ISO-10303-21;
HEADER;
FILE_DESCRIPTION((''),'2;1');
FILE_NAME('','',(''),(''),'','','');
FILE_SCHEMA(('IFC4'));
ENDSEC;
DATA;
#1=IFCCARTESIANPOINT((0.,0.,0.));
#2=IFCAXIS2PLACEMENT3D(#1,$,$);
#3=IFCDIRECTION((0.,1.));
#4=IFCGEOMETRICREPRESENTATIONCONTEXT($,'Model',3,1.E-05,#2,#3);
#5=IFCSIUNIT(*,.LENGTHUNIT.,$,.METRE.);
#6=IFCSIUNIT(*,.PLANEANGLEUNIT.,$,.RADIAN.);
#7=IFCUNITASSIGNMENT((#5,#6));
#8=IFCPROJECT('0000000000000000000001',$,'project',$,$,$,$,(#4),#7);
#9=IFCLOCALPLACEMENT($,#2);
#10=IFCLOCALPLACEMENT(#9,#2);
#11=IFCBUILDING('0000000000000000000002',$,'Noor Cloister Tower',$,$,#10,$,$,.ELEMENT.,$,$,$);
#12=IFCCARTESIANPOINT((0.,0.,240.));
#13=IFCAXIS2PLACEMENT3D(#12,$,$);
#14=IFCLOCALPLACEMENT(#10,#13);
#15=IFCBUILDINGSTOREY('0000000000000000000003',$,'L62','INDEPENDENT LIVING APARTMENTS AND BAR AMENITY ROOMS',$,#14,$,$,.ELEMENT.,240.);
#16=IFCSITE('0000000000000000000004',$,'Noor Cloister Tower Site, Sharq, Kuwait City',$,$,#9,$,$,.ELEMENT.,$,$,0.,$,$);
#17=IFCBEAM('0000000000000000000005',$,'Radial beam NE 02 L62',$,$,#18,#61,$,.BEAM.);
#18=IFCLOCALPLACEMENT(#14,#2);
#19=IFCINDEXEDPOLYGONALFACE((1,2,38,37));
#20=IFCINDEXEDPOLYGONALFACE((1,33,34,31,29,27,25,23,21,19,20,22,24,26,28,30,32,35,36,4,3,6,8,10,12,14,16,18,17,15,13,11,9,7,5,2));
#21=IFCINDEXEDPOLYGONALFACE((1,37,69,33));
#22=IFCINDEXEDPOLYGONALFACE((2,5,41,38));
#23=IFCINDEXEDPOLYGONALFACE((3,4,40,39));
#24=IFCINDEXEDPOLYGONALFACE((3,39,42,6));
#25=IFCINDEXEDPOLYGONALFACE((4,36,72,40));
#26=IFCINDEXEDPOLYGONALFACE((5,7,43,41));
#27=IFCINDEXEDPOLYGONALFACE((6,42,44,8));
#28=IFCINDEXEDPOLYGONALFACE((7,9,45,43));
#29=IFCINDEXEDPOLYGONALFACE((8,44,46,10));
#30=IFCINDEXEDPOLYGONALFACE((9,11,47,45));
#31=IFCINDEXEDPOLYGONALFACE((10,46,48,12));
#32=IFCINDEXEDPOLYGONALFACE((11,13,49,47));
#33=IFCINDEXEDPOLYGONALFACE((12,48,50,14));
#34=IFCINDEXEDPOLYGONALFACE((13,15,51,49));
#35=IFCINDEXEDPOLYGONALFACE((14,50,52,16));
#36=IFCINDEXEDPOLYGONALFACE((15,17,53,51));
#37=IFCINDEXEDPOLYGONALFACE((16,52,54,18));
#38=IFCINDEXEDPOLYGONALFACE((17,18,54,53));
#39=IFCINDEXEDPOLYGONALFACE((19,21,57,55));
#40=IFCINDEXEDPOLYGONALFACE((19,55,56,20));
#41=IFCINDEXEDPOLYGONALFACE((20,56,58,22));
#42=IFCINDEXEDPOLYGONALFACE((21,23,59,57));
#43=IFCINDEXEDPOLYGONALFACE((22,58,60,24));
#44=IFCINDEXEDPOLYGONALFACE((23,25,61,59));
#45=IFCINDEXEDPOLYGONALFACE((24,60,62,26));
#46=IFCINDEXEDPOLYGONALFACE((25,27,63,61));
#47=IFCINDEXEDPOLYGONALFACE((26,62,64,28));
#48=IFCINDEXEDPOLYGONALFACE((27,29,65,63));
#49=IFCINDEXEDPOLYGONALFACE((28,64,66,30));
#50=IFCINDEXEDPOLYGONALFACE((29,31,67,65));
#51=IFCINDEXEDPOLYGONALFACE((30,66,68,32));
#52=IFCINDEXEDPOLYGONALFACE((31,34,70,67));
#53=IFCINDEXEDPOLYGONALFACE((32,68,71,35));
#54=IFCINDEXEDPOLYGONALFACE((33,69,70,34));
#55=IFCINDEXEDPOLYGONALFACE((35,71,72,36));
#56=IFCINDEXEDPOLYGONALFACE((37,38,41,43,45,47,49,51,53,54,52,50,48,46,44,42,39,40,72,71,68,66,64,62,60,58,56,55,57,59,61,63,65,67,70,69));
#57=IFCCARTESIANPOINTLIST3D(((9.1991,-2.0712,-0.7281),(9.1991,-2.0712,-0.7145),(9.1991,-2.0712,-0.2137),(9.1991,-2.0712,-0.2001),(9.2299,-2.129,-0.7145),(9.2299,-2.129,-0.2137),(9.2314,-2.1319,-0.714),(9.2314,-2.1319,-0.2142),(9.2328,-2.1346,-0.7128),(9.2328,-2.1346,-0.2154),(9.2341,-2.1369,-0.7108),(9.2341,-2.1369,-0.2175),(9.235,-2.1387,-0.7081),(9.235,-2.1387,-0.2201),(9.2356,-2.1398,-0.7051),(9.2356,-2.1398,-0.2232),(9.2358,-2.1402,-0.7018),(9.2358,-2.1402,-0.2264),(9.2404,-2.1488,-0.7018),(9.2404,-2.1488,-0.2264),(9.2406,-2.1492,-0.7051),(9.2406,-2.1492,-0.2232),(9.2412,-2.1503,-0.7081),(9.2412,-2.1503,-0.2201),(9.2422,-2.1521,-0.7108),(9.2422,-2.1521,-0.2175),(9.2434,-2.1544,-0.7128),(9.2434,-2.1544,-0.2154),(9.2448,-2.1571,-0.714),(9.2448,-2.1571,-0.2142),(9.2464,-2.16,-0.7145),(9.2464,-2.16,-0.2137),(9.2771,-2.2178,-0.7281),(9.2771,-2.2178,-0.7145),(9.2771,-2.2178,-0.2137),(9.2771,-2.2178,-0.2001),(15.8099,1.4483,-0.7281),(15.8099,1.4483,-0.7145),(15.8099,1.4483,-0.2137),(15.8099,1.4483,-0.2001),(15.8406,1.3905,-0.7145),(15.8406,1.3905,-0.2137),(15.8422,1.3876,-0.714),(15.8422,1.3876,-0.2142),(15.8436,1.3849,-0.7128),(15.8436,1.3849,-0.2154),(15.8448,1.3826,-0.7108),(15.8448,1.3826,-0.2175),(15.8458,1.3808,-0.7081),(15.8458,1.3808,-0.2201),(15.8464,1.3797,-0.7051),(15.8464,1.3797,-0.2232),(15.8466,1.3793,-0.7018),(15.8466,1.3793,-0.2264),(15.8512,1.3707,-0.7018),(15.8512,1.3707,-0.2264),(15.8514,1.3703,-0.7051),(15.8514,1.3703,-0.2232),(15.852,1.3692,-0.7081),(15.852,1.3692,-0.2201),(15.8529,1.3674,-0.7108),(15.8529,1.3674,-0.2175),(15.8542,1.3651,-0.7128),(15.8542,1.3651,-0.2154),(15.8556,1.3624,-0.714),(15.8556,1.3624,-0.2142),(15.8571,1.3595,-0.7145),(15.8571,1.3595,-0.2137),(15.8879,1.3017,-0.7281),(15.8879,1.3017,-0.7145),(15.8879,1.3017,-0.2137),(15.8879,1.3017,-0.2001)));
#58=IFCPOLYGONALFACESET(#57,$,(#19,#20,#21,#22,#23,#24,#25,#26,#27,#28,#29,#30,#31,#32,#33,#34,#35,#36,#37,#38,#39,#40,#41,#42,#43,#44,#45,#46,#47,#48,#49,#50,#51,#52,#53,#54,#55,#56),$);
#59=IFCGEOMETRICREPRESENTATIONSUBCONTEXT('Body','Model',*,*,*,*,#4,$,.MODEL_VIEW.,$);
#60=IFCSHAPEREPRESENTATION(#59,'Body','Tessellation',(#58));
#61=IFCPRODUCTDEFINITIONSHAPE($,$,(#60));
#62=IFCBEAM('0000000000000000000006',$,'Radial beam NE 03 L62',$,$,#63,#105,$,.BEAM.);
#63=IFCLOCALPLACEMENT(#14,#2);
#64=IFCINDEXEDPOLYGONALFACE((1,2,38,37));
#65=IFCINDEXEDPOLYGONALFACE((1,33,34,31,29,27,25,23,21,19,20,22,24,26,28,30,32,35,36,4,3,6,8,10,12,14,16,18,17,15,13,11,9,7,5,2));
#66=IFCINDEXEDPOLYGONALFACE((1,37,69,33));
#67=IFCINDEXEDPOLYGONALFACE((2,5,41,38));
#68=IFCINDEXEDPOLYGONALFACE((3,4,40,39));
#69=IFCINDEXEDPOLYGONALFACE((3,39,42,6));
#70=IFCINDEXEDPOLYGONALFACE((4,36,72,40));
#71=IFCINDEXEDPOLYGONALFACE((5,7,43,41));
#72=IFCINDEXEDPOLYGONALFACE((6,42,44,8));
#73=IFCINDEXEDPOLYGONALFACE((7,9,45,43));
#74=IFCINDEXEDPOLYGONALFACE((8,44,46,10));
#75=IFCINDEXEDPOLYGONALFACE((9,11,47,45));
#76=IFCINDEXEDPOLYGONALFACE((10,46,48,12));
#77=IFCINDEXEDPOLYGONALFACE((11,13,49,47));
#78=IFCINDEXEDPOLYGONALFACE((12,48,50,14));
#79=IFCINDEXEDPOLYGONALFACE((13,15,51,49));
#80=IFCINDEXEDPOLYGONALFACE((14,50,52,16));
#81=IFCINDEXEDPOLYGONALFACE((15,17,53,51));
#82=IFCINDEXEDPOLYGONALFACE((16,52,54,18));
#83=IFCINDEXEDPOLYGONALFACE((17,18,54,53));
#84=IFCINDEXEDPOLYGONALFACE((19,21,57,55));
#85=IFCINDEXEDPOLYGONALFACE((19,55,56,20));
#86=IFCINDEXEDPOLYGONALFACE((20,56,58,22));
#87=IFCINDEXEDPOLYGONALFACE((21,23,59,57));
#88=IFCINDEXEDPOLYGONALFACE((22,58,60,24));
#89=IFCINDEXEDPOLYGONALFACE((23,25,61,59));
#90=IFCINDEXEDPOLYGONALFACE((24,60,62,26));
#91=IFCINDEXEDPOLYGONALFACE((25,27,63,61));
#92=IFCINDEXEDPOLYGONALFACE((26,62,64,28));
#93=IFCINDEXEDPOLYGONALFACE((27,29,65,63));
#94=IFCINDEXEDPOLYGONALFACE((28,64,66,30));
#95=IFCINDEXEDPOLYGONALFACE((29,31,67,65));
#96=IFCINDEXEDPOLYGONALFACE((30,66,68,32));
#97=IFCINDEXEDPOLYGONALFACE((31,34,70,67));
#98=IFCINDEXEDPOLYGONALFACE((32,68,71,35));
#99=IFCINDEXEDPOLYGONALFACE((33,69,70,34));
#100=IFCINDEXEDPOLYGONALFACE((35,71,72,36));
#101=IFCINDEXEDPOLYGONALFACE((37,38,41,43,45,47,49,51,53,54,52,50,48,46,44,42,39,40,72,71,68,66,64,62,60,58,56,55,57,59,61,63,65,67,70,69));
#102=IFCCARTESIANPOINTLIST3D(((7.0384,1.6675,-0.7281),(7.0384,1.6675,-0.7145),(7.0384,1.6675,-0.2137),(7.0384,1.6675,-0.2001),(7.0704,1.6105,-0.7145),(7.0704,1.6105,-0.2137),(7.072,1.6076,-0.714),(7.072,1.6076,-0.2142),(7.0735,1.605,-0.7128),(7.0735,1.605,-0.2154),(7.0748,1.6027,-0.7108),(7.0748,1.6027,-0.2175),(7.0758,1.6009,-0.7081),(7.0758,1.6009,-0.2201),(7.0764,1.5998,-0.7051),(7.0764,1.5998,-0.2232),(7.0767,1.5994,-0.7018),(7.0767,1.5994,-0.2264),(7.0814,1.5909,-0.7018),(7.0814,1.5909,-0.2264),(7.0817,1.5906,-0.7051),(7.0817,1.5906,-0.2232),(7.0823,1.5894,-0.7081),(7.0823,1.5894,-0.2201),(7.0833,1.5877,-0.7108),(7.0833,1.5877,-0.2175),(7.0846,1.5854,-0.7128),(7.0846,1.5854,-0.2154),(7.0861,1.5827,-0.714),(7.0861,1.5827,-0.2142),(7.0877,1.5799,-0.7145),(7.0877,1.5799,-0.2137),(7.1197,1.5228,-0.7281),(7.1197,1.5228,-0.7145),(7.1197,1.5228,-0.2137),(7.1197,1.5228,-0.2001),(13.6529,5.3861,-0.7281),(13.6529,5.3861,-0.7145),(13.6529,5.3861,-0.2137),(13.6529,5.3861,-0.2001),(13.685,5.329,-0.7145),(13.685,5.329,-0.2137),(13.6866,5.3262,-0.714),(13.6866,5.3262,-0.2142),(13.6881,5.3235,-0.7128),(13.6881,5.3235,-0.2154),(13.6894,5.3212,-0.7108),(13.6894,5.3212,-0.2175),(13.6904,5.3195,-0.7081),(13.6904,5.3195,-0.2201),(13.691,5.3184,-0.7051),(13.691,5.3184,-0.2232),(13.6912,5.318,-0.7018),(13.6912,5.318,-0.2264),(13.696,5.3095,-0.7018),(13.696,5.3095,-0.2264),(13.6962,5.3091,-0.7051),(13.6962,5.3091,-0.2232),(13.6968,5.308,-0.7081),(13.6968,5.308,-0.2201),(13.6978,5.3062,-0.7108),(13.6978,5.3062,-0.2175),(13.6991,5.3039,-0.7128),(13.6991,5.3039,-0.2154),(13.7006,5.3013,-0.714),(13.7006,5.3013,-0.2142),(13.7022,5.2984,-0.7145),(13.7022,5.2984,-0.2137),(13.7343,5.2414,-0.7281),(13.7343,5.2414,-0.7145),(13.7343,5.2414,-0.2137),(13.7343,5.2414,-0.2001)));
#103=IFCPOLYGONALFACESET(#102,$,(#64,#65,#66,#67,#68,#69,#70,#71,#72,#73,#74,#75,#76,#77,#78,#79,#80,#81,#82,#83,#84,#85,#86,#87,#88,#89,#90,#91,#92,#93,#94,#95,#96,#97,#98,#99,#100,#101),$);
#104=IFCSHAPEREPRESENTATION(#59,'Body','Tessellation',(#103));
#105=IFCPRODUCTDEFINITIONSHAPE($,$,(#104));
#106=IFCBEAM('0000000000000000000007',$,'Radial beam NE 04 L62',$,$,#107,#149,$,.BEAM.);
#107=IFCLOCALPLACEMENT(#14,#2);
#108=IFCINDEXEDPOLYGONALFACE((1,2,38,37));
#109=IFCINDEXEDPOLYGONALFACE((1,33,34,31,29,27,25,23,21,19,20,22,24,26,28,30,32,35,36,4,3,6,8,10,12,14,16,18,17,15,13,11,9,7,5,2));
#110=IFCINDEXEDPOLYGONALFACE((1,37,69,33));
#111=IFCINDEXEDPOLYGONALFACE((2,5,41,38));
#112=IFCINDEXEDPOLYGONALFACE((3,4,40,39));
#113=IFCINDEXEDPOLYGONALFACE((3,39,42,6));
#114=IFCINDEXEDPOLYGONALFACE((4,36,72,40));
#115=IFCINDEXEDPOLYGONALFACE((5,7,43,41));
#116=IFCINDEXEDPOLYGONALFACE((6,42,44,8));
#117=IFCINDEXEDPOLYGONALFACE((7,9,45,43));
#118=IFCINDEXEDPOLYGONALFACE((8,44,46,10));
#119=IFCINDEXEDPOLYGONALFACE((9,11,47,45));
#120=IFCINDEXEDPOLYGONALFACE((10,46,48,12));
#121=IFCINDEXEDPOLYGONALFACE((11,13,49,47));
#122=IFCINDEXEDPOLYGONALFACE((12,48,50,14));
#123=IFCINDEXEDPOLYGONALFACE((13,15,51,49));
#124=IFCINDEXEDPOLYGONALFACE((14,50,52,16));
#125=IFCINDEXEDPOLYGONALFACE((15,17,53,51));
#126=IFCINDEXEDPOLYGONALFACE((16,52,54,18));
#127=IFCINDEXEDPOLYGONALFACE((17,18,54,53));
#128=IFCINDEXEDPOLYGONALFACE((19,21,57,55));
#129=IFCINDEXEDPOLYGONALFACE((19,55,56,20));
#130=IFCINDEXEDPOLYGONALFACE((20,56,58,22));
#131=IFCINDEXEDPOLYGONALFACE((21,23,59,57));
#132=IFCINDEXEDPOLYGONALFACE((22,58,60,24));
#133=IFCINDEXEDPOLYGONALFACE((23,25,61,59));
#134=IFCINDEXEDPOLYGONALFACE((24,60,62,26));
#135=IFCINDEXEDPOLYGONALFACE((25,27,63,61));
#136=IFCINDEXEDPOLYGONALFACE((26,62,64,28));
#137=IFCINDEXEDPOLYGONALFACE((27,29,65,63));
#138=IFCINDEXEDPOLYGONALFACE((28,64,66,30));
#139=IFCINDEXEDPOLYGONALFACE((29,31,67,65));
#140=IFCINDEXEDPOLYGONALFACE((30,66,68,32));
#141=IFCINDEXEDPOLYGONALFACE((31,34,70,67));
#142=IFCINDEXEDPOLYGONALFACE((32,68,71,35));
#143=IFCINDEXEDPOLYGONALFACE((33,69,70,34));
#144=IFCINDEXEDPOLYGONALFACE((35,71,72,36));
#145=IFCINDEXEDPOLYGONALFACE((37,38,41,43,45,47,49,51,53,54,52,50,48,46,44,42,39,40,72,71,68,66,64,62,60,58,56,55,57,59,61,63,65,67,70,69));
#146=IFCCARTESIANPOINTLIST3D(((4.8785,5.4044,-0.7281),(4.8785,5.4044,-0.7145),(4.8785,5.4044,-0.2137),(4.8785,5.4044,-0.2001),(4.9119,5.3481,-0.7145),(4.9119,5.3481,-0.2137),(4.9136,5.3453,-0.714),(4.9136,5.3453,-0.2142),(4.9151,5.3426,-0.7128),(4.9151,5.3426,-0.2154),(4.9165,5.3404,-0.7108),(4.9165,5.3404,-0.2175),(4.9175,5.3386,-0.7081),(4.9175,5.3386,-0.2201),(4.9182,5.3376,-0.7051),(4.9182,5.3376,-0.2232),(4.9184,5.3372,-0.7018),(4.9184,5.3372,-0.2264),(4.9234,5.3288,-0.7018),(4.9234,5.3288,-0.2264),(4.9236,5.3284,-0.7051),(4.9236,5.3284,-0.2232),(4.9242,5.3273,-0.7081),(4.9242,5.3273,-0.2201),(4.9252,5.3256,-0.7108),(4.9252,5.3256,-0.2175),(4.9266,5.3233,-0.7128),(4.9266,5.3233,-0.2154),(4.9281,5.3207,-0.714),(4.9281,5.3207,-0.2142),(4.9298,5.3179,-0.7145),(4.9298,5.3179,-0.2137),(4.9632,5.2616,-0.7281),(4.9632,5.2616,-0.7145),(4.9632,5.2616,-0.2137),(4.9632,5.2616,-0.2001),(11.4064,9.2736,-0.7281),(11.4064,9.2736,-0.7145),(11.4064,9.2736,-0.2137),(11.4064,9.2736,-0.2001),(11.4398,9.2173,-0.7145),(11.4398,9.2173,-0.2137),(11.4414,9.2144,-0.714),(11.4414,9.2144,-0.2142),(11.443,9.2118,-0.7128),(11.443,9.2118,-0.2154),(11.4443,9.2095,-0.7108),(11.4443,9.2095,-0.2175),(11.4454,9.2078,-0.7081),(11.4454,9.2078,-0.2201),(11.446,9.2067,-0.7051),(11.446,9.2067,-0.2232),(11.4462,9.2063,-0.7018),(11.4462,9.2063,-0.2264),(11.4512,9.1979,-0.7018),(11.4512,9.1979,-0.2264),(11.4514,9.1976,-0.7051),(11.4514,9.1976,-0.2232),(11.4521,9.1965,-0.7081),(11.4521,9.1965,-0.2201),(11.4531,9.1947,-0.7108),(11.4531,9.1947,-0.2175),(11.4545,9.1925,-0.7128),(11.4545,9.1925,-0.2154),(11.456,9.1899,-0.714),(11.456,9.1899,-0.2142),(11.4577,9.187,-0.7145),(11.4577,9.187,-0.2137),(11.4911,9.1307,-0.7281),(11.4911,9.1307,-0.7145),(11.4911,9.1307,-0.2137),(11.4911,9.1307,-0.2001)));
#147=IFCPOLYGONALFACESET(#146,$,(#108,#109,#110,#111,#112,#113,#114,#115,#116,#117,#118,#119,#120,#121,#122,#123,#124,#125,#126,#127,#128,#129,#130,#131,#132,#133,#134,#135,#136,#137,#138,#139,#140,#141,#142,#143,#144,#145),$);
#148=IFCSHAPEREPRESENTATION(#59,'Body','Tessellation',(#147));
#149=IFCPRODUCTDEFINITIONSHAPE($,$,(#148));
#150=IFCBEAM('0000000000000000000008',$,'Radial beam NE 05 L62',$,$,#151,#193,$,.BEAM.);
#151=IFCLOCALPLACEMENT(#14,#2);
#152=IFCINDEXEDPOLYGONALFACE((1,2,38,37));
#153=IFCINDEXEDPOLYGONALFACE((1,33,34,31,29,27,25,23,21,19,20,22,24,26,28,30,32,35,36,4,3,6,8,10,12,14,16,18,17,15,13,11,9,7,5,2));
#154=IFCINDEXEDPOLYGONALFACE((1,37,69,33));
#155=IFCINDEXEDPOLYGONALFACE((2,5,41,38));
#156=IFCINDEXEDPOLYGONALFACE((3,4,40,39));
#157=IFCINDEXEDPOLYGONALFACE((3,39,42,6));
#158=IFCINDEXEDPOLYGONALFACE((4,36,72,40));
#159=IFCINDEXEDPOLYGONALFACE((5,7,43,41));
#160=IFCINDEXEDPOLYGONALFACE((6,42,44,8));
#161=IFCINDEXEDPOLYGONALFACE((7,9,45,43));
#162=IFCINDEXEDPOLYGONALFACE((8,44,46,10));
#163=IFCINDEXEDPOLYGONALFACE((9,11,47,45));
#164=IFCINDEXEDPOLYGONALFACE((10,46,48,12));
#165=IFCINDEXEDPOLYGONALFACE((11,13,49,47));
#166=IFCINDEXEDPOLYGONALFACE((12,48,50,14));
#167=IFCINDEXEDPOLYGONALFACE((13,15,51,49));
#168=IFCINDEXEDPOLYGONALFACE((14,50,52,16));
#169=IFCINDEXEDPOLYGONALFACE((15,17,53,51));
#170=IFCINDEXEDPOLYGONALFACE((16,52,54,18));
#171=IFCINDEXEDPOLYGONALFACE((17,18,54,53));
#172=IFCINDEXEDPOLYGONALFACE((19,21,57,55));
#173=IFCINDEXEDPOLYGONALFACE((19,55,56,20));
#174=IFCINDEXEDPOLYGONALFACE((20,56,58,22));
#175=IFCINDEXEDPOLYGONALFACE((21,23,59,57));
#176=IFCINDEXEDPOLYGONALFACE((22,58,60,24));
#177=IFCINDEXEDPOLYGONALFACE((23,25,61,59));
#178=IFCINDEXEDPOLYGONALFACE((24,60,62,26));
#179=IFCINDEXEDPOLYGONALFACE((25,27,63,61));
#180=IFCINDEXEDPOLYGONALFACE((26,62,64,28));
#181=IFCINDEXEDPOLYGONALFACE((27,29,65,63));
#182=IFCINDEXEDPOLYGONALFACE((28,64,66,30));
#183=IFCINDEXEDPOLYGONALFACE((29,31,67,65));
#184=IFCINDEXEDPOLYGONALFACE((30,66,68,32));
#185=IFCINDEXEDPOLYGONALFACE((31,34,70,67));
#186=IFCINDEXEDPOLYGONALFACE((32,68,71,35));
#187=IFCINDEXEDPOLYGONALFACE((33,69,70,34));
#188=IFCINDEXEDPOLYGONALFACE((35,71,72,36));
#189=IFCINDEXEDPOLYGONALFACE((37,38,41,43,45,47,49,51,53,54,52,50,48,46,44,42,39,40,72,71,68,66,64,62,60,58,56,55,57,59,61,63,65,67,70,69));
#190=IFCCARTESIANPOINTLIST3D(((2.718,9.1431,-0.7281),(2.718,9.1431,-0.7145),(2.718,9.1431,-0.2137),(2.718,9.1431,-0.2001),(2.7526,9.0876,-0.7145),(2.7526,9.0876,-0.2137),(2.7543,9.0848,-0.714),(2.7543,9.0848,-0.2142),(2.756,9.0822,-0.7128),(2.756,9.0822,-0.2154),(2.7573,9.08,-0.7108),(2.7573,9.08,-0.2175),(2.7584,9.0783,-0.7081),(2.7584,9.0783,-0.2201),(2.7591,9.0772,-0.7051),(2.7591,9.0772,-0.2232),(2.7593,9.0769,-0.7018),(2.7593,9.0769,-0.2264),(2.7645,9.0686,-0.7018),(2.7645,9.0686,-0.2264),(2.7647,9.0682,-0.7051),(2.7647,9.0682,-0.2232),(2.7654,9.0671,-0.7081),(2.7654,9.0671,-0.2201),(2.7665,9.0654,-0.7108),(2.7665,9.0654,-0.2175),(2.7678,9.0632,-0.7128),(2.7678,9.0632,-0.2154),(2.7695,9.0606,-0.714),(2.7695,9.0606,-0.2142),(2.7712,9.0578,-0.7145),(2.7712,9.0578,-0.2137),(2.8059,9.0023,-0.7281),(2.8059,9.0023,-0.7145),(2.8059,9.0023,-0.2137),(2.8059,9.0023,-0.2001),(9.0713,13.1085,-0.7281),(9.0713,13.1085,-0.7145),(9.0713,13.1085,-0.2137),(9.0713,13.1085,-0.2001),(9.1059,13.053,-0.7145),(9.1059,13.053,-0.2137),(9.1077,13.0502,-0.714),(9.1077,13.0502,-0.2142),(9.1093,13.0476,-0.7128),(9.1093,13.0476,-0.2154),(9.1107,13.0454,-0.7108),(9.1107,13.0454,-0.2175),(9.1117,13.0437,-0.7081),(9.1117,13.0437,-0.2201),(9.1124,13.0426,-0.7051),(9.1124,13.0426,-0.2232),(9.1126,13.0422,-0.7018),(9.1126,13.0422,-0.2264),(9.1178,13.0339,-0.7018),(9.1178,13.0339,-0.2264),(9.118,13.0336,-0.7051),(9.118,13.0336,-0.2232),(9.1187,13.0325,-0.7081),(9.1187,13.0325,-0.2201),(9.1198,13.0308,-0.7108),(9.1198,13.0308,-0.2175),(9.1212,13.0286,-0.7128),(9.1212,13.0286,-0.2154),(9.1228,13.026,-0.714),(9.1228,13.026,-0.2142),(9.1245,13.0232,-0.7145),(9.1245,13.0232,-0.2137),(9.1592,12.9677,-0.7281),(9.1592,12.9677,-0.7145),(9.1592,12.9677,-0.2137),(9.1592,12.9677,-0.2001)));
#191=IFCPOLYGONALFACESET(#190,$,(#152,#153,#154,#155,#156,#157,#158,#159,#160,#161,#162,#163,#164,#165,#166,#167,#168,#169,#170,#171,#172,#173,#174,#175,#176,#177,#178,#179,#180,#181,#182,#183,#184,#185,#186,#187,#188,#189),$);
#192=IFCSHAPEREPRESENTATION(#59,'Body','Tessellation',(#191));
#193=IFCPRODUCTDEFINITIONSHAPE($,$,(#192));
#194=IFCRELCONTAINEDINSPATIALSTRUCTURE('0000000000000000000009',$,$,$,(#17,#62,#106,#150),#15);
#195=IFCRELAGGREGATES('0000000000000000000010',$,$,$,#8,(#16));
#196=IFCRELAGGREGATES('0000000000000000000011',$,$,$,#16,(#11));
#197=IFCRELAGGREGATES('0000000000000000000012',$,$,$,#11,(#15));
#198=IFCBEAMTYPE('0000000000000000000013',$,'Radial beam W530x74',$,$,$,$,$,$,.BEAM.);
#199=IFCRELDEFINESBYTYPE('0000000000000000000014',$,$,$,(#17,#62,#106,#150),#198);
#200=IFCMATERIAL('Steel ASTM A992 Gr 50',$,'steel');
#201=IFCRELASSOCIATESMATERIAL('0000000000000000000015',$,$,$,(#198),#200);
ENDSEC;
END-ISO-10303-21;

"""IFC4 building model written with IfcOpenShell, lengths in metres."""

from ifc_helpers import new_model, si_unit, direction, frame, origin, origin_2d, place, context, subcontext, project, spatial, i_section, extrude, material, material_profile, profile_set, type_object, element, save


model = new_model("IFC4")

# Units and contexts
model_context = context("Model", 3, precision=1e-05, world=origin(), true_north=direction((0.0, 1.0)))
body_context = subcontext(model_context, "Body", "Model", "MODEL_VIEW")
ifc_project = project(units=[si_unit("LENGTHUNIT", "METRE"), si_unit("PLANEANGLEUNIT", "RADIAN")], contexts=[model_context])

# Site, building, storey
site_placement = place(None, origin())
site = spatial("IfcSite", under=ifc_project, at=site_placement, Name="Noor Cloister Tower Site, Sharq, Kuwait City", CompositionType="ELEMENT", RefElevation=0.0)
building_placement = place(site_placement, origin())
building = spatial("IfcBuilding", under=site, at=building_placement, Name="Noor Cloister Tower", CompositionType="ELEMENT")
storey_placement = place(building_placement, frame((0.0, 0.0, 240.0)))
storey = spatial("IfcBuildingStorey", under=building, at=storey_placement, Name="L62", Description="INDEPENDENT LIVING APARTMENTS AND BAR AMENITY ROOMS", CompositionType="ELEMENT", Elevation=240.0)

# Beams
ifc_material_1 = material(Name="Steel ASTM A992 Gr 50", Category="steel")
ifc_material_profile_1 = material_profile(ifc_material_1, i_section(OverallWidth=0.166, OverallDepth=0.5281, WebThickness=0.0098, FlangeThickness=0.0137, FilletRadius=0.0127, at=origin_2d()), Name="W530x74")
ifc_profile_set_1 = profile_set([ifc_material_profile_1], Name="Steel ASTM A992 Gr 50")
beam_type_1 = type_object("IfcBeamType", Name="Radial beam W530x74", PredefinedType="BEAM", material=ifc_profile_set_1)
beam_1_placement = place(storey_placement, frame((15.8489, 1.375, -0.4641), z_axis=(-0.882699, -0.469938, 0.0), x_axis=(0.469938, -0.882699, 0.0)))
element("IfcBeam", 1, at=beam_1_placement, inside=storey, type_object=beam_type_1, Name="Radial beam NE 02 L62", PredefinedType="BEAM", context=body_context, shape_type="SweptSolid", body=[
    extrude(i_section(OverallWidth=0.166, OverallDepth=0.5281, WebThickness=0.0098, FlangeThickness=0.0137, FilletRadius=0.0127, at=origin_2d()), origin(), (0.0, 0.0, 1.0), 7.4893),
])
beam_2_placement = place(storey_placement, frame((13.6936, 5.3137, -0.4641), z_axis=(-0.871697, -0.490046, 0.0), x_axis=(0.490046, -0.871697, 0.0)))
element("IfcBeam", 2, at=beam_2_placement, inside=storey, type_object=beam_type_1, Name="Radial beam NE 03 L62", PredefinedType="BEAM", context=body_context, shape_type="SweptSolid", body=[
    extrude(i_section(OverallWidth=0.166, OverallDepth=0.5281, WebThickness=0.0098, FlangeThickness=0.0137, FilletRadius=0.0127, at=origin_2d()), origin(), (0.0, 0.0, 1.0), 7.5881),
])
beam_3_placement = place(storey_placement, frame((11.4487, 9.2021, -0.4641), z_axis=(-0.860246, -0.50988, 0.0), x_axis=(0.50988, -0.860246, 0.0)))
element("IfcBeam", 3, at=beam_3_placement, inside=storey, type_object=beam_type_1, Name="Radial beam NE 04 L62", PredefinedType="BEAM", context=body_context, shape_type="SweptSolid", body=[
    extrude(i_section(OverallWidth=0.166, OverallDepth=0.5281, WebThickness=0.0098, FlangeThickness=0.0137, FilletRadius=0.0127, at=origin_2d()), origin(), (0.0, 0.0, 1.0), 7.5884),
])
beam_4_placement = place(storey_placement, frame((9.1152, 13.0381, -0.4641), z_axis=(-0.848326, -0.529474, 0.0), x_axis=(0.529474, -0.848326, 0.0)))
element("IfcBeam", 4, at=beam_4_placement, inside=storey, type_object=beam_type_1, Name="Radial beam NE 05 L62", PredefinedType="BEAM", context=body_context, shape_type="SweptSolid", body=[
    extrude(i_section(OverallWidth=0.166, OverallDepth=0.5281, WebThickness=0.0098, FlangeThickness=0.0137, FilletRadius=0.0127, at=origin_2d()), origin(), (0.0, 0.0, 1.0), 7.4893),
])

save(model, "model.ifc")
